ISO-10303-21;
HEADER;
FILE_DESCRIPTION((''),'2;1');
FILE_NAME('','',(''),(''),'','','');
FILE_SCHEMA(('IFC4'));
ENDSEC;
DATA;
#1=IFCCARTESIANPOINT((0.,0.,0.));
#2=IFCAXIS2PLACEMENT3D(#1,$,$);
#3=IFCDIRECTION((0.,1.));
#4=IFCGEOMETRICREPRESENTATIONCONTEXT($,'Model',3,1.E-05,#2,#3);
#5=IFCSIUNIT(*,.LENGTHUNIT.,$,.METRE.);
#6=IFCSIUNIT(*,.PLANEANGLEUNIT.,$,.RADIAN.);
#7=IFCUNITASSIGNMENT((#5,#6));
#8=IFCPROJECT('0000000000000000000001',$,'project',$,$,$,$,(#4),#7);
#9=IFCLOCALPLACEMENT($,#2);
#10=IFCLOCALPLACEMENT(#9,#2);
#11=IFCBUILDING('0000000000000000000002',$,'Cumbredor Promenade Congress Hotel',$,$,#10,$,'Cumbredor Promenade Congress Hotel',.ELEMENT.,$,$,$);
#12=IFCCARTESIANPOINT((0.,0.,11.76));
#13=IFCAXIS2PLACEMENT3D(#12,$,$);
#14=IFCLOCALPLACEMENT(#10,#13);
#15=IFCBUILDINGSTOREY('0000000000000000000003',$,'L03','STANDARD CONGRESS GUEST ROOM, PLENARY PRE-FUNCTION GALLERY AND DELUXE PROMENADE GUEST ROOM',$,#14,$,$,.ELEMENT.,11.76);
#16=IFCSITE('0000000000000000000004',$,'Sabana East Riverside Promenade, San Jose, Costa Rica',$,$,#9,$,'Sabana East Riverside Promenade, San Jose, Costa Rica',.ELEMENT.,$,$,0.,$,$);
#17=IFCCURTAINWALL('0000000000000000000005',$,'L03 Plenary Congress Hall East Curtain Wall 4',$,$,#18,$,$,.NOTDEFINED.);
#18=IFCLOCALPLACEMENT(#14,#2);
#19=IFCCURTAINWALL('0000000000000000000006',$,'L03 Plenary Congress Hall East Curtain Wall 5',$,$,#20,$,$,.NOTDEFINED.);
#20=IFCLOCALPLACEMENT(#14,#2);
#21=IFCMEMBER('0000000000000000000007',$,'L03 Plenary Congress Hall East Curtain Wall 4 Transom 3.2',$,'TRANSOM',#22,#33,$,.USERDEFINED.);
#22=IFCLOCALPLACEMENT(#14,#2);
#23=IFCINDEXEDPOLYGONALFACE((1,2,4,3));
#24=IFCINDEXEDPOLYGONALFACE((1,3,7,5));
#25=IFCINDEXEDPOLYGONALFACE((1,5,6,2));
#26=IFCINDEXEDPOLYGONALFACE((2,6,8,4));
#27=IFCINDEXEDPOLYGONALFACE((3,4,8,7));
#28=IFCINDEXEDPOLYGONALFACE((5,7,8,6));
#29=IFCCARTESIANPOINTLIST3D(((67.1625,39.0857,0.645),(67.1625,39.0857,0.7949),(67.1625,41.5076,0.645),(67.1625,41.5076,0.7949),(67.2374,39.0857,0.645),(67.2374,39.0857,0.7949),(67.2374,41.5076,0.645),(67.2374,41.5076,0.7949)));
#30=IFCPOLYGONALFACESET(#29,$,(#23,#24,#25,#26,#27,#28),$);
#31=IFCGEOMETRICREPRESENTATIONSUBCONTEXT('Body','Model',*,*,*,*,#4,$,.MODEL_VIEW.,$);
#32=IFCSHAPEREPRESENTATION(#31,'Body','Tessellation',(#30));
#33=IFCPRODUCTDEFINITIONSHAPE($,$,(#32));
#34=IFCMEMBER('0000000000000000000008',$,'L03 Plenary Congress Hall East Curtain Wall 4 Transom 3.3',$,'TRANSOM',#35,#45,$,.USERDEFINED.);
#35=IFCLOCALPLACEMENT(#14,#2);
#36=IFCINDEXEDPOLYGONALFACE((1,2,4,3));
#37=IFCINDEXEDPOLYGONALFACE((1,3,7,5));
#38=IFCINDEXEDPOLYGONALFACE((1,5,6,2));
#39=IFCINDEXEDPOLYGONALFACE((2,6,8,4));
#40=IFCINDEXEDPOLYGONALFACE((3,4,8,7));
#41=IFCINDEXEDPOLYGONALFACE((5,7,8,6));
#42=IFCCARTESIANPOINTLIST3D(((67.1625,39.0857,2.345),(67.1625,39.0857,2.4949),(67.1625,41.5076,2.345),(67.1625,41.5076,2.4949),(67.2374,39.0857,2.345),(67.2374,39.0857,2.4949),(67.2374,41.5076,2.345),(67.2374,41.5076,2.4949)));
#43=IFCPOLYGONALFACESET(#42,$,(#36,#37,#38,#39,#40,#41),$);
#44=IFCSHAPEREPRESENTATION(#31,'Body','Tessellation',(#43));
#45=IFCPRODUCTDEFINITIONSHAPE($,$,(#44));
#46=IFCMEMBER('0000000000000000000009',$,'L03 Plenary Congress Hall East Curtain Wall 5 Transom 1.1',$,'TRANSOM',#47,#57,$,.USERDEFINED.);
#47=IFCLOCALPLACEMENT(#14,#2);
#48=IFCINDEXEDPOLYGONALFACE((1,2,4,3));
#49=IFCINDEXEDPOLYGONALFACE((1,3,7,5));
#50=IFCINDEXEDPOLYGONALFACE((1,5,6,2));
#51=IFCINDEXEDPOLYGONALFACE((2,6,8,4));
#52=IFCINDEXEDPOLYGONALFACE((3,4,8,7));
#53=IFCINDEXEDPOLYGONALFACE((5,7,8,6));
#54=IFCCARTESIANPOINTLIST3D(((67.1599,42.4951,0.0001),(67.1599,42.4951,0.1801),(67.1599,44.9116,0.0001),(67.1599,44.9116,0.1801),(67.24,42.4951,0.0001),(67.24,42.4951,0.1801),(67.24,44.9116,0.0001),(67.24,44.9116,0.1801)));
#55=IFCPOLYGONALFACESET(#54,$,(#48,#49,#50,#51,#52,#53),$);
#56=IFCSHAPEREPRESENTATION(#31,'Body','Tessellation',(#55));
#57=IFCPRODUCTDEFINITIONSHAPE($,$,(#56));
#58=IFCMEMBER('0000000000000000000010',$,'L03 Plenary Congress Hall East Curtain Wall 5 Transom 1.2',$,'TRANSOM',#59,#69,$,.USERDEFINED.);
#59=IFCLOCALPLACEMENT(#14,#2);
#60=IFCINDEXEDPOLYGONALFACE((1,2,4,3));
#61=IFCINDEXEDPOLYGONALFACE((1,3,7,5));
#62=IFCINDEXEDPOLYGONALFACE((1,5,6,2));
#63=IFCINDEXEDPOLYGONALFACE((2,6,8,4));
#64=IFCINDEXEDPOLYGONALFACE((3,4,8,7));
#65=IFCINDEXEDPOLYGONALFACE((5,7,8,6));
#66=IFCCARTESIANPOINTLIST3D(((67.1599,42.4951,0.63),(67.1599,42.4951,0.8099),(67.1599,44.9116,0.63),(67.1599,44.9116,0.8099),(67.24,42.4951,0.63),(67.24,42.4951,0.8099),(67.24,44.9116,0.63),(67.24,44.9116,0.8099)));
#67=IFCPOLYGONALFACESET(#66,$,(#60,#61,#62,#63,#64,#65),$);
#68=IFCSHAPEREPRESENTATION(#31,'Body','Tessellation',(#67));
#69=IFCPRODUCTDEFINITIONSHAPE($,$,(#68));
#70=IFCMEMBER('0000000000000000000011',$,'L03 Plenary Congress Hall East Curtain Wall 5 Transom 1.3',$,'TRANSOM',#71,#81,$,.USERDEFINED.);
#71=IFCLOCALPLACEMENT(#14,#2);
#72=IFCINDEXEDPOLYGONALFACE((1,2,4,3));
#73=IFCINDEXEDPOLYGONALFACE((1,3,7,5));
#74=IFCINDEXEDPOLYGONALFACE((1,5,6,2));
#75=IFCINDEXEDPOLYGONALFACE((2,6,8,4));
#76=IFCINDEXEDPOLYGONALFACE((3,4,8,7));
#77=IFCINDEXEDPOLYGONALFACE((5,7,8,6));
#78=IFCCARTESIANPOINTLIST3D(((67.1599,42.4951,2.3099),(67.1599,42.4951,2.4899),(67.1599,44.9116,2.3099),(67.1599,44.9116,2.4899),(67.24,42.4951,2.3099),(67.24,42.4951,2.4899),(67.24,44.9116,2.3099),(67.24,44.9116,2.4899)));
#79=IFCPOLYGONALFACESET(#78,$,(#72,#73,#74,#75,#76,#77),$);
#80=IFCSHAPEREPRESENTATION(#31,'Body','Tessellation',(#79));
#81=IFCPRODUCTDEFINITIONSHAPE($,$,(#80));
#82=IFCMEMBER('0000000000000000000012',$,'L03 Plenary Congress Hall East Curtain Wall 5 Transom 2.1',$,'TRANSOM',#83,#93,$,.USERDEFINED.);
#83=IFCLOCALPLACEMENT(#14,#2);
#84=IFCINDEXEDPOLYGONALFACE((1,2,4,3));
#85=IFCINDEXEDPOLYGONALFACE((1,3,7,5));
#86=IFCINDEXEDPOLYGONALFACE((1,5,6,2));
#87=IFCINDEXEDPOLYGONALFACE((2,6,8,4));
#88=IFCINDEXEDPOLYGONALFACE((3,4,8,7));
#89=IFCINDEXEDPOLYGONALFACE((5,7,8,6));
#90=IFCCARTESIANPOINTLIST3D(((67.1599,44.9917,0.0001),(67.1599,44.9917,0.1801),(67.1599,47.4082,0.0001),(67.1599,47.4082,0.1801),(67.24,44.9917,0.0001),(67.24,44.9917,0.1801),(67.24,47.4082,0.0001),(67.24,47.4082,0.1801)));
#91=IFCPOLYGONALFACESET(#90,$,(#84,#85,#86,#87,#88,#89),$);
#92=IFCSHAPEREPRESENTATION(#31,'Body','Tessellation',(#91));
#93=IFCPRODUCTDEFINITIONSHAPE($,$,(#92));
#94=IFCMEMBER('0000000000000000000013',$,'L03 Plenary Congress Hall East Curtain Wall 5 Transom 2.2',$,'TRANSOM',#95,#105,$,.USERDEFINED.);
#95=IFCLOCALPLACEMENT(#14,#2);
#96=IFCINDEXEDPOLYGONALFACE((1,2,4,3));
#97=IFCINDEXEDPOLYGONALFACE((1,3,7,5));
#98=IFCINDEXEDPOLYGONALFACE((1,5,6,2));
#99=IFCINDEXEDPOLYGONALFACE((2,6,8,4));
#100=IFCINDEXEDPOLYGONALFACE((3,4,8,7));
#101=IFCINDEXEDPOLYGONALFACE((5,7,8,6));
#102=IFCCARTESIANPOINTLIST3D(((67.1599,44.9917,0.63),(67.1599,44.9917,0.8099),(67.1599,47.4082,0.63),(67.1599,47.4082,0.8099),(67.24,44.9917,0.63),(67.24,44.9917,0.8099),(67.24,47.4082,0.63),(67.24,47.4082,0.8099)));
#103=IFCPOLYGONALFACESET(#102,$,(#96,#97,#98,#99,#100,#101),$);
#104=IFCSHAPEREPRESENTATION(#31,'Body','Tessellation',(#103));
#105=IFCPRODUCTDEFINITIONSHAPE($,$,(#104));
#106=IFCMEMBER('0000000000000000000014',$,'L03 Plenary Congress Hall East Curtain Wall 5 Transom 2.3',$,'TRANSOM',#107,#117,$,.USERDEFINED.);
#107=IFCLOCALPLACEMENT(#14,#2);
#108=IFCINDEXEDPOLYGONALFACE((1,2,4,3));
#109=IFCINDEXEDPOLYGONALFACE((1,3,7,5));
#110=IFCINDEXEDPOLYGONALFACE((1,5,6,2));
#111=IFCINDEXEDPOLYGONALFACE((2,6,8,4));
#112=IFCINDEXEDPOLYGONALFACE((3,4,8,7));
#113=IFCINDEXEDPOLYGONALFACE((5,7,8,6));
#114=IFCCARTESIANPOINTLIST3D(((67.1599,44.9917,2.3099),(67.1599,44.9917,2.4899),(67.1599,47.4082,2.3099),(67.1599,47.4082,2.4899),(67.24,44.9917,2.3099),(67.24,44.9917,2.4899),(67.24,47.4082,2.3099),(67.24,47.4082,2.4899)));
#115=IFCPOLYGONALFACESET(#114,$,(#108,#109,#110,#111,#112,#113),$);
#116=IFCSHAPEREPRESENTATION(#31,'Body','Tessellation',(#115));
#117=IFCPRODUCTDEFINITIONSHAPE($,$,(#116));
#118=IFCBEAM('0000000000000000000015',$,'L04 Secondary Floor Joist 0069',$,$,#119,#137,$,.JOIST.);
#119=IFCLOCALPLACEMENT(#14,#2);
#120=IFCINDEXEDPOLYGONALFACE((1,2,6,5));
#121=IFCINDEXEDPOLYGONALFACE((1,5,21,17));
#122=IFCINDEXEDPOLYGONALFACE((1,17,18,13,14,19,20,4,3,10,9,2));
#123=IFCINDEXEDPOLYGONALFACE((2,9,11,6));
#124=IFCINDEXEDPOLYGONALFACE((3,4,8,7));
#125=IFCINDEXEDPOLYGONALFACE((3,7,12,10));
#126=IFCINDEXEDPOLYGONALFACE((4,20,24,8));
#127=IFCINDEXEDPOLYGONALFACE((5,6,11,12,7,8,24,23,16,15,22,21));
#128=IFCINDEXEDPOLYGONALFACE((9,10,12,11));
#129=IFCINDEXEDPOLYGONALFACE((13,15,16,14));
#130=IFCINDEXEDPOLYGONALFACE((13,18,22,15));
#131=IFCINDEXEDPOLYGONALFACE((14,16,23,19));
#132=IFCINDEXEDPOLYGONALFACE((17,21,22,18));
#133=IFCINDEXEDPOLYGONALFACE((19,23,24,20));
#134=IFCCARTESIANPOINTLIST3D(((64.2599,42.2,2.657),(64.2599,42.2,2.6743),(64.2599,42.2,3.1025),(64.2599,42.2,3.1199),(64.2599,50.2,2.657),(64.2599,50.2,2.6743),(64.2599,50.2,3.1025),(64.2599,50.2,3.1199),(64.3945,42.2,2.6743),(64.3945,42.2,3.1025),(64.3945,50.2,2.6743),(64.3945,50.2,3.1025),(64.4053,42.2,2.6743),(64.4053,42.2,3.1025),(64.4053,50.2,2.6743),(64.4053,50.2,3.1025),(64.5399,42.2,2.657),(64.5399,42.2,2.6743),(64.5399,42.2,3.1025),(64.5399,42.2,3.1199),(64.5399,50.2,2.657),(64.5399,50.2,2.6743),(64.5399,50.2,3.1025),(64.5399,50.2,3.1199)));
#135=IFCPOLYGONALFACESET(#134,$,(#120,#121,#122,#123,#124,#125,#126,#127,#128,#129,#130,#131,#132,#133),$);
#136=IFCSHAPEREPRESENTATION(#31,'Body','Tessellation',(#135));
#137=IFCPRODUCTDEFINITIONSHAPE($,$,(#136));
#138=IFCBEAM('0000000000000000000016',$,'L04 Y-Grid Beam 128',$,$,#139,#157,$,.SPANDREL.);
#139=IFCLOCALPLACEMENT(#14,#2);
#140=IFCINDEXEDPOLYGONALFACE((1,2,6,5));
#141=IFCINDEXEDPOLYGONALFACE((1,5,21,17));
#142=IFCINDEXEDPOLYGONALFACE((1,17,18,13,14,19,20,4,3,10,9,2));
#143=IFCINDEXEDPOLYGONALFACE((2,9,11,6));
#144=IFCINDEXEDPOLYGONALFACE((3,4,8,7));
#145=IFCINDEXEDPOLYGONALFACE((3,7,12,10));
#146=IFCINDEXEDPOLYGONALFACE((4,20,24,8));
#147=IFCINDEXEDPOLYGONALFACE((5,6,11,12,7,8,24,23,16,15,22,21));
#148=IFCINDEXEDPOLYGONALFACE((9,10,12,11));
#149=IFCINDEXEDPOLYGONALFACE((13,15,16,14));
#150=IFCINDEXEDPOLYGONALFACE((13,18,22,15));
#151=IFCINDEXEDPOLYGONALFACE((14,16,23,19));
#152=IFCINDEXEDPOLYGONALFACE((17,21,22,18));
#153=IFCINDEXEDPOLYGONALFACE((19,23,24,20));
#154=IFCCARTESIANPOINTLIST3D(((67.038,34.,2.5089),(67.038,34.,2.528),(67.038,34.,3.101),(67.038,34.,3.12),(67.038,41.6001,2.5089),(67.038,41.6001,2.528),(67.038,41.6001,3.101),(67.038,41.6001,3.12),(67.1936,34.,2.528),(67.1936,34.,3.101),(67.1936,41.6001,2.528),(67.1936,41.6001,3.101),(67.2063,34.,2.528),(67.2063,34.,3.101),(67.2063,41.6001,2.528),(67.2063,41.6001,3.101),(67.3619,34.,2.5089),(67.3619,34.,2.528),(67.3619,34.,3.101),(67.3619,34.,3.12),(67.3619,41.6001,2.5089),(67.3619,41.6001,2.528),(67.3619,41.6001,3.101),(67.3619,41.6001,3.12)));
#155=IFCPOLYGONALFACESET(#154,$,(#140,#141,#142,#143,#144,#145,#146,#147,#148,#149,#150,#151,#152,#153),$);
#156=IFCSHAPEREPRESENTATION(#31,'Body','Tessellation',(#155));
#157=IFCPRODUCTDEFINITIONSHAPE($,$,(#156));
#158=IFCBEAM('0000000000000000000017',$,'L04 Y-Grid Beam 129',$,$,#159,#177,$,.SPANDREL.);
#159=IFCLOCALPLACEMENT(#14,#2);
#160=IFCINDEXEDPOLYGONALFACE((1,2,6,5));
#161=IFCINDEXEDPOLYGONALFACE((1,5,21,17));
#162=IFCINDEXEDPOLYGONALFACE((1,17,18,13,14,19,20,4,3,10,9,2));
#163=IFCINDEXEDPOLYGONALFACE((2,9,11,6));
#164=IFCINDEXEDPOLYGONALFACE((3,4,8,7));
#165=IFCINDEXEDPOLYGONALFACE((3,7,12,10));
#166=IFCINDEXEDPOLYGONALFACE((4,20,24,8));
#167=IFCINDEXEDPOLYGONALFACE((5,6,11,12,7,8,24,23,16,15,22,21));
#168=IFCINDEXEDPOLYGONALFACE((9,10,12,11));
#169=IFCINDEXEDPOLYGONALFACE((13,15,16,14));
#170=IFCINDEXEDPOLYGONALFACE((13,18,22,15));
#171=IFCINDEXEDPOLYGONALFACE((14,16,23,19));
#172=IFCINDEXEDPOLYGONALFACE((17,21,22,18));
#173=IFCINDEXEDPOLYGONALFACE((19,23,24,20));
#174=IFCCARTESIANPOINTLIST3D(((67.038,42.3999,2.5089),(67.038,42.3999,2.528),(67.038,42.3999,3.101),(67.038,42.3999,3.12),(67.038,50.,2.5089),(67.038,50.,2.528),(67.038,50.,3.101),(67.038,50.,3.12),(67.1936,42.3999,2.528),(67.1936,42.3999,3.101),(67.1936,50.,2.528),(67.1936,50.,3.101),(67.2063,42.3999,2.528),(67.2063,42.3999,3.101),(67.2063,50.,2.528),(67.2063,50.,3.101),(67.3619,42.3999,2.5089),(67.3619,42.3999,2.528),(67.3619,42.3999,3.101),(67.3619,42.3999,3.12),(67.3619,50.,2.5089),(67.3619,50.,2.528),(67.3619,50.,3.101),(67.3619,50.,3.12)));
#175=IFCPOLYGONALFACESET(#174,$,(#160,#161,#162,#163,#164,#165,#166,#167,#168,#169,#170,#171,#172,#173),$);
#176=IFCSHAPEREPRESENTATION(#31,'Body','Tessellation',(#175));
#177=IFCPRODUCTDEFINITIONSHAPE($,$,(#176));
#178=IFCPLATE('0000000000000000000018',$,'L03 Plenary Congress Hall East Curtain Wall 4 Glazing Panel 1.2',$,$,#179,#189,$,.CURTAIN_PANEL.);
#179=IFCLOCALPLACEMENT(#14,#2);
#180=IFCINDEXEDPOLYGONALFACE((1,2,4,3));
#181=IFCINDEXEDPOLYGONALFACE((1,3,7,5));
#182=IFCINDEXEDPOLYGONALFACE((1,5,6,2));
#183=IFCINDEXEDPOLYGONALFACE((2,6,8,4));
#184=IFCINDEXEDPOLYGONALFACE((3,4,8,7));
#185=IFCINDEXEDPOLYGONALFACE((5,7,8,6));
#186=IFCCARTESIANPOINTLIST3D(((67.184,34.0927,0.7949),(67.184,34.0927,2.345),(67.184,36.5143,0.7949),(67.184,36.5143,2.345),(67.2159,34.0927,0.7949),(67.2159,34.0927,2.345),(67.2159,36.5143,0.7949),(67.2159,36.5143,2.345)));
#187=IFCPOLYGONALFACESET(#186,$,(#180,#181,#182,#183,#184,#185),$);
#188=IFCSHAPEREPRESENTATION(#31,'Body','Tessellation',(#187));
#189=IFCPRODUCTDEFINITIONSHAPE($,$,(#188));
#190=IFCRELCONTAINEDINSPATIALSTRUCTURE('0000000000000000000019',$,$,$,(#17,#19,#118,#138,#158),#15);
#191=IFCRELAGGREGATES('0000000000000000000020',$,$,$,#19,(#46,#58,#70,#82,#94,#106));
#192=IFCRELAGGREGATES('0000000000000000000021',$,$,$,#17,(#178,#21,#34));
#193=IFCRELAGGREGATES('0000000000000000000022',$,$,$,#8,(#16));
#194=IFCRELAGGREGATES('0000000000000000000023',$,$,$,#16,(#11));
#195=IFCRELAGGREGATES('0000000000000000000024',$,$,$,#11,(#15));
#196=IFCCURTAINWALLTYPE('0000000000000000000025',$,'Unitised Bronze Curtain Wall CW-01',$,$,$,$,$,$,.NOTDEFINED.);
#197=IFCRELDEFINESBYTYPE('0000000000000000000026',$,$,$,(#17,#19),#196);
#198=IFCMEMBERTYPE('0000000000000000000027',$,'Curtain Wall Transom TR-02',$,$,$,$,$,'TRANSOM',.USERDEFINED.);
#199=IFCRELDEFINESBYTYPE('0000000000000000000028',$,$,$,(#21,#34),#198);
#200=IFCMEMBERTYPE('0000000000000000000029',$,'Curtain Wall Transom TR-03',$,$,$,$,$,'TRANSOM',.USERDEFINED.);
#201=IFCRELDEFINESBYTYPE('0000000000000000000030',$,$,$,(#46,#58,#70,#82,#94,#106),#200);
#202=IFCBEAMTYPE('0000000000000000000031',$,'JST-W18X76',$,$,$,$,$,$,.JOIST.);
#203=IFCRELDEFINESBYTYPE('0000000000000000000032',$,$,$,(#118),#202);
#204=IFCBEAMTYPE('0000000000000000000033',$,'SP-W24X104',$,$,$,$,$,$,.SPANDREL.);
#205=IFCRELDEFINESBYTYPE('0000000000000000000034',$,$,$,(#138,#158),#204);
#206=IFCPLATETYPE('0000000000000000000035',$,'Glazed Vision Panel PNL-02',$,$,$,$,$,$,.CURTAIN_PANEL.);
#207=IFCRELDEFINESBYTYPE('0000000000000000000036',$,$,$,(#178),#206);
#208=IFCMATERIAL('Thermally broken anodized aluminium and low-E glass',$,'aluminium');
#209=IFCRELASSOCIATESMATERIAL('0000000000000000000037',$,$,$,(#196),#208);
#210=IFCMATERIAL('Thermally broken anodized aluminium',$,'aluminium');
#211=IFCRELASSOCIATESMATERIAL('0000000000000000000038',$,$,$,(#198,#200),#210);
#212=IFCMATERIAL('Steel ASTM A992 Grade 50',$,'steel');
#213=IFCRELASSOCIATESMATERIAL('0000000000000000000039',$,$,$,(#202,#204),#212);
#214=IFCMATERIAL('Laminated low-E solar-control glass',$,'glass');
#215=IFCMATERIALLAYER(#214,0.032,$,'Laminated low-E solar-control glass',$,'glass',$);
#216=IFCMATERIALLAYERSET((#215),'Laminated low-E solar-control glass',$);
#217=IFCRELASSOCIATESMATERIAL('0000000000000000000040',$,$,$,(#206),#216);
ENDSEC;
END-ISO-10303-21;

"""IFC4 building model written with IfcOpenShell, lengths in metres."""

from ifc_helpers import new_model, si_unit, direction, frame, origin, origin_2d, place, context, subcontext, project, spatial, rectangle, i_section, extrude, material, layer, layer_set, material_profile, profile_set, type_object, element, aggregate, save


model = new_model("IFC4")

# Units and contexts
model_context = context("Model", 3, precision=1e-05, world=origin(), true_north=direction((0.0, 1.0)))
body_context = subcontext(model_context, "Body", "Model", "MODEL_VIEW")
ifc_project = project(units=[si_unit("LENGTHUNIT", "METRE"), si_unit("PLANEANGLEUNIT", "RADIAN")], contexts=[model_context])

# Site, building, storey
site_placement = place(None, origin())
site = spatial("IfcSite", under=ifc_project, at=site_placement, Name="Sabana East Riverside Promenade, San Jose, Costa Rica", LongName="Sabana East Riverside Promenade, San Jose, Costa Rica", CompositionType="ELEMENT", RefElevation=0.0)
building_placement = place(site_placement, origin())
building = spatial("IfcBuilding", under=site, at=building_placement, Name="Cumbredor Promenade Congress Hotel", LongName="Cumbredor Promenade Congress Hotel", CompositionType="ELEMENT")
storey_placement = place(building_placement, frame((0.0, 0.0, 11.76)))
storey = spatial("IfcBuildingStorey", under=building, at=storey_placement, Name="L03", Description="STANDARD CONGRESS GUEST ROOM, PLENARY PRE-FUNCTION GALLERY AND DELUXE PROMENADE GUEST ROOM", CompositionType="ELEMENT", Elevation=11.76)

# Curtain walls
ifc_material_1 = material(Name="Thermally broken anodized aluminium and low-E glass", Category="aluminium")
curtain_wall_type = type_object("IfcCurtainWallType", Name="Unitised Bronze Curtain Wall CW-01", PredefinedType="NOTDEFINED", material=ifc_material_1)
curtain_wall_1_placement = place(storey_placement, origin())
curtain_wall_1 = element("IfcCurtainWall", 1, at=curtain_wall_1_placement, inside=storey, type_object=curtain_wall_type, Name="L03 Plenary Congress Hall East Curtain Wall 4", PredefinedType="NOTDEFINED")
ifc_material_2 = material(Name="Thermally broken anodized aluminium", Category="aluminium")
curtain_wall_2_placement = place(storey_placement, origin())
curtain_wall_2 = element("IfcCurtainWall", 2, at=curtain_wall_2_placement, inside=storey, type_object=curtain_wall_type, Name="L03 Plenary Congress Hall East Curtain Wall 5", PredefinedType="NOTDEFINED")

# Members
ifc_material_profile_1 = material_profile(ifc_material_2, rectangle(XDim=0.075, YDim=0.1499, at=origin_2d()), Name="ALU TRANSOM 75x150")
ifc_profile_set_1 = profile_set([ifc_material_profile_1], Name="Thermally broken anodized aluminium")
member_type_1 = type_object("IfcMemberType", Name="Curtain Wall Transom TR-02", ElementType="TRANSOM", PredefinedType="USERDEFINED", material=ifc_profile_set_1)
member_1_placement = place(storey_placement, frame((67.2, 39.0857, 0.72), z_axis=(0.0, 1.0, 0.0), x_axis=(-1.0, 0.0, 0.0)))
member_1 = element("IfcMember", 3, at=member_1_placement, type_object=member_type_1, Name="L03 Plenary Congress Hall East Curtain Wall 4 Transom 3.2", ObjectType="TRANSOM", PredefinedType="USERDEFINED", context=body_context, shape_type="SweptSolid", body=[
    extrude(rectangle(XDim=0.075, YDim=0.1499, at=origin_2d()), origin(), (0.0, 0.0, 1.0), 2.4219),
])
member_2_placement = place(storey_placement, frame((67.2, 39.0857, 2.4199), z_axis=(0.0, 1.0, 0.0), x_axis=(-1.0, 0.0, 0.0)))
member_2 = element("IfcMember", 4, at=member_2_placement, type_object=member_type_1, Name="L03 Plenary Congress Hall East Curtain Wall 4 Transom 3.3", ObjectType="TRANSOM", PredefinedType="USERDEFINED", context=body_context, shape_type="SweptSolid", body=[
    extrude(rectangle(XDim=0.075, YDim=0.1499, at=origin_2d()), origin(), (0.0, 0.0, 1.0), 2.4219),
])
ifc_material_profile_2 = material_profile(ifc_material_2, rectangle(XDim=0.0801, YDim=0.1799, at=origin_2d()), Name="ALU TRANSOM 80x180")
ifc_profile_set_2 = profile_set([ifc_material_profile_2], Name="Thermally broken anodized aluminium")
member_type_2 = type_object("IfcMemberType", Name="Curtain Wall Transom TR-03", ElementType="TRANSOM", PredefinedType="USERDEFINED", material=ifc_profile_set_2)
member_3_placement = place(storey_placement, frame((67.2, 42.4951, 0.0901), z_axis=(0.0, 1.0, 0.0), x_axis=(-1.0, 0.0, 0.0)))
member_3 = element("IfcMember", 5, at=member_3_placement, type_object=member_type_2, Name="L03 Plenary Congress Hall East Curtain Wall 5 Transom 1.1", ObjectType="TRANSOM", PredefinedType="USERDEFINED", context=body_context, shape_type="SweptSolid", body=[
    extrude(rectangle(XDim=0.0801, YDim=0.1799, at=origin_2d()), origin(), (0.0, 0.0, 1.0), 2.4165),
])
member_4_placement = place(storey_placement, frame((67.2, 42.4951, 0.72), z_axis=(0.0, 1.0, 0.0), x_axis=(-1.0, 0.0, 0.0)))
member_4 = element("IfcMember", 6, at=member_4_placement, type_object=member_type_2, Name="L03 Plenary Congress Hall East Curtain Wall 5 Transom 1.2", ObjectType="TRANSOM", PredefinedType="USERDEFINED", context=body_context, shape_type="SweptSolid", body=[
    extrude(rectangle(XDim=0.0801, YDim=0.1799, at=origin_2d()), origin(), (0.0, 0.0, 1.0), 2.4165),
])
member_5_placement = place(storey_placement, frame((67.2, 42.4951, 2.3999), z_axis=(0.0, 1.0, 0.0), x_axis=(-1.0, 0.0, 0.0)))
member_5 = element("IfcMember", 7, at=member_5_placement, type_object=member_type_2, Name="L03 Plenary Congress Hall East Curtain Wall 5 Transom 1.3", ObjectType="TRANSOM", PredefinedType="USERDEFINED", context=body_context, shape_type="SweptSolid", body=[
    extrude(rectangle(XDim=0.0801, YDim=0.1799, at=origin_2d()), origin(), (0.0, 0.0, 1.0), 2.4165),
])
member_6_placement = place(storey_placement, frame((67.2, 44.9917, 0.0901), z_axis=(0.0, 1.0, 0.0), x_axis=(-1.0, 0.0, 0.0)))
member_6 = element("IfcMember", 8, at=member_6_placement, type_object=member_type_2, Name="L03 Plenary Congress Hall East Curtain Wall 5 Transom 2.1", ObjectType="TRANSOM", PredefinedType="USERDEFINED", context=body_context, shape_type="SweptSolid", body=[
    extrude(rectangle(XDim=0.0801, YDim=0.1799, at=origin_2d()), origin(), (0.0, 0.0, 1.0), 2.4165),
])
member_7_placement = place(storey_placement, frame((67.2, 44.9917, 0.72), z_axis=(0.0, 1.0, 0.0), x_axis=(-1.0, 0.0, 0.0)))
member_7 = element("IfcMember", 9, at=member_7_placement, type_object=member_type_2, Name="L03 Plenary Congress Hall East Curtain Wall 5 Transom 2.2", ObjectType="TRANSOM", PredefinedType="USERDEFINED", context=body_context, shape_type="SweptSolid", body=[
    extrude(rectangle(XDim=0.0801, YDim=0.1799, at=origin_2d()), origin(), (0.0, 0.0, 1.0), 2.4165),
])
member_8_placement = place(storey_placement, frame((67.2, 44.9917, 2.3999), z_axis=(0.0, 1.0, 0.0), x_axis=(-1.0, 0.0, 0.0)))
member_8 = element("IfcMember", 10, at=member_8_placement, type_object=member_type_2, Name="L03 Plenary Congress Hall East Curtain Wall 5 Transom 2.3", ObjectType="TRANSOM", PredefinedType="USERDEFINED", context=body_context, shape_type="SweptSolid", body=[
    extrude(rectangle(XDim=0.0801, YDim=0.1799, at=origin_2d()), origin(), (0.0, 0.0, 1.0), 2.4165),
])

# Beams
ifc_material_3 = material(Name="Steel ASTM A992 Grade 50", Category="steel")
ifc_material_profile_3 = material_profile(ifc_material_3, i_section(OverallWidth=0.28, OverallDepth=0.4629, WebThickness=0.0107, FlangeThickness=0.0173, at=origin_2d()), Name="W18X76")
ifc_profile_set_3 = profile_set([ifc_material_profile_3], Name="Steel ASTM A992 Grade 50")
beam_type_1 = type_object("IfcBeamType", Name="JST-W18X76", PredefinedType="JOIST", material=ifc_profile_set_3)
beam_placement = place(storey_placement, frame((64.3999, 42.2, 2.8884), z_axis=(0.0, 1.0, 0.0), x_axis=(-1.0, 0.0, 0.0)))
element("IfcBeam", 11, at=beam_placement, inside=storey, type_object=beam_type_1, Name="L04 Secondary Floor Joist 0069", PredefinedType="JOIST", context=body_context, shape_type="SweptSolid", body=[
    extrude(i_section(OverallWidth=0.28, OverallDepth=0.4629, WebThickness=0.0107, FlangeThickness=0.0173, at=origin_2d()), origin(), (0.0, 0.0, 1.0), 8.0),
])
ifc_material_profile_4 = material_profile(ifc_material_3, i_section(OverallWidth=0.324, OverallDepth=0.6111, WebThickness=0.0127, FlangeThickness=0.019, at=origin_2d()), Name="W24X104")
ifc_profile_set_4 = profile_set([ifc_material_profile_4], Name="Steel ASTM A992 Grade 50")
beam_type_2 = type_object("IfcBeamType", Name="SP-W24X104", PredefinedType="SPANDREL", material=ifc_profile_set_4)
for number, where, z_axis, x_axis, name in (
    (12, (67.2, 34.0, 2.8145), (0.0, 1.0, 0.0), (-1.0, 0.0, 0.0), "L04 Y-Grid Beam 128"),
    (13, (67.2, 42.3999, 2.8145), (0.0, 1.0, 0.0), (-1.0, 0.0, 0.0), "L04 Y-Grid Beam 129"),
):
    element("IfcBeam", number, at=place(storey_placement, frame(where, z_axis=z_axis, x_axis=x_axis)), inside=storey, type_object=beam_type_2, Name=name, PredefinedType="SPANDREL", context=body_context, shape_type="SweptSolid", body=[
        extrude(i_section(OverallWidth=0.324, OverallDepth=0.6111, WebThickness=0.0127, FlangeThickness=0.019, at=origin_2d()), origin(), (0.0, 0.0, 1.0), 7.6001),
    ])

# Plate
ifc_material_4 = material(Name="Laminated low-E solar-control glass", Category="glass")
ifc_layer_1 = layer(ifc_material_4, 0.032, Name="Laminated low-E solar-control glass", Category="glass")
ifc_layer_set_1 = layer_set([ifc_layer_1], Name="Laminated low-E solar-control glass")
plate_type_1 = type_object("IfcPlateType", Name="Glazed Vision Panel PNL-02", PredefinedType="CURTAIN_PANEL", material=ifc_layer_set_1)
plate_1_placement = place(storey_placement, frame((67.2, 35.3035, 0.7949), z_axis=(0.0, 0.0, 1.0), x_axis=(0.0, 1.0, 0.0)))
plate_1 = element("IfcPlate", 14, at=plate_1_placement, type_object=plate_type_1, Name="L03 Plenary Congress Hall East Curtain Wall 4 Glazing Panel 1.2", PredefinedType="CURTAIN_PANEL", context=body_context, shape_type="SweptSolid", body=[
    extrude(rectangle(XDim=2.4216, YDim=0.032, at=origin_2d()), origin(), (0.0, 0.0, 1.0), 1.55),
])
aggregate(curtain_wall_2, [member_3, member_4, member_5, member_6, member_7, member_8])
aggregate(curtain_wall_1, [plate_1, member_1, member_2])

save(model, "model.ifc")
